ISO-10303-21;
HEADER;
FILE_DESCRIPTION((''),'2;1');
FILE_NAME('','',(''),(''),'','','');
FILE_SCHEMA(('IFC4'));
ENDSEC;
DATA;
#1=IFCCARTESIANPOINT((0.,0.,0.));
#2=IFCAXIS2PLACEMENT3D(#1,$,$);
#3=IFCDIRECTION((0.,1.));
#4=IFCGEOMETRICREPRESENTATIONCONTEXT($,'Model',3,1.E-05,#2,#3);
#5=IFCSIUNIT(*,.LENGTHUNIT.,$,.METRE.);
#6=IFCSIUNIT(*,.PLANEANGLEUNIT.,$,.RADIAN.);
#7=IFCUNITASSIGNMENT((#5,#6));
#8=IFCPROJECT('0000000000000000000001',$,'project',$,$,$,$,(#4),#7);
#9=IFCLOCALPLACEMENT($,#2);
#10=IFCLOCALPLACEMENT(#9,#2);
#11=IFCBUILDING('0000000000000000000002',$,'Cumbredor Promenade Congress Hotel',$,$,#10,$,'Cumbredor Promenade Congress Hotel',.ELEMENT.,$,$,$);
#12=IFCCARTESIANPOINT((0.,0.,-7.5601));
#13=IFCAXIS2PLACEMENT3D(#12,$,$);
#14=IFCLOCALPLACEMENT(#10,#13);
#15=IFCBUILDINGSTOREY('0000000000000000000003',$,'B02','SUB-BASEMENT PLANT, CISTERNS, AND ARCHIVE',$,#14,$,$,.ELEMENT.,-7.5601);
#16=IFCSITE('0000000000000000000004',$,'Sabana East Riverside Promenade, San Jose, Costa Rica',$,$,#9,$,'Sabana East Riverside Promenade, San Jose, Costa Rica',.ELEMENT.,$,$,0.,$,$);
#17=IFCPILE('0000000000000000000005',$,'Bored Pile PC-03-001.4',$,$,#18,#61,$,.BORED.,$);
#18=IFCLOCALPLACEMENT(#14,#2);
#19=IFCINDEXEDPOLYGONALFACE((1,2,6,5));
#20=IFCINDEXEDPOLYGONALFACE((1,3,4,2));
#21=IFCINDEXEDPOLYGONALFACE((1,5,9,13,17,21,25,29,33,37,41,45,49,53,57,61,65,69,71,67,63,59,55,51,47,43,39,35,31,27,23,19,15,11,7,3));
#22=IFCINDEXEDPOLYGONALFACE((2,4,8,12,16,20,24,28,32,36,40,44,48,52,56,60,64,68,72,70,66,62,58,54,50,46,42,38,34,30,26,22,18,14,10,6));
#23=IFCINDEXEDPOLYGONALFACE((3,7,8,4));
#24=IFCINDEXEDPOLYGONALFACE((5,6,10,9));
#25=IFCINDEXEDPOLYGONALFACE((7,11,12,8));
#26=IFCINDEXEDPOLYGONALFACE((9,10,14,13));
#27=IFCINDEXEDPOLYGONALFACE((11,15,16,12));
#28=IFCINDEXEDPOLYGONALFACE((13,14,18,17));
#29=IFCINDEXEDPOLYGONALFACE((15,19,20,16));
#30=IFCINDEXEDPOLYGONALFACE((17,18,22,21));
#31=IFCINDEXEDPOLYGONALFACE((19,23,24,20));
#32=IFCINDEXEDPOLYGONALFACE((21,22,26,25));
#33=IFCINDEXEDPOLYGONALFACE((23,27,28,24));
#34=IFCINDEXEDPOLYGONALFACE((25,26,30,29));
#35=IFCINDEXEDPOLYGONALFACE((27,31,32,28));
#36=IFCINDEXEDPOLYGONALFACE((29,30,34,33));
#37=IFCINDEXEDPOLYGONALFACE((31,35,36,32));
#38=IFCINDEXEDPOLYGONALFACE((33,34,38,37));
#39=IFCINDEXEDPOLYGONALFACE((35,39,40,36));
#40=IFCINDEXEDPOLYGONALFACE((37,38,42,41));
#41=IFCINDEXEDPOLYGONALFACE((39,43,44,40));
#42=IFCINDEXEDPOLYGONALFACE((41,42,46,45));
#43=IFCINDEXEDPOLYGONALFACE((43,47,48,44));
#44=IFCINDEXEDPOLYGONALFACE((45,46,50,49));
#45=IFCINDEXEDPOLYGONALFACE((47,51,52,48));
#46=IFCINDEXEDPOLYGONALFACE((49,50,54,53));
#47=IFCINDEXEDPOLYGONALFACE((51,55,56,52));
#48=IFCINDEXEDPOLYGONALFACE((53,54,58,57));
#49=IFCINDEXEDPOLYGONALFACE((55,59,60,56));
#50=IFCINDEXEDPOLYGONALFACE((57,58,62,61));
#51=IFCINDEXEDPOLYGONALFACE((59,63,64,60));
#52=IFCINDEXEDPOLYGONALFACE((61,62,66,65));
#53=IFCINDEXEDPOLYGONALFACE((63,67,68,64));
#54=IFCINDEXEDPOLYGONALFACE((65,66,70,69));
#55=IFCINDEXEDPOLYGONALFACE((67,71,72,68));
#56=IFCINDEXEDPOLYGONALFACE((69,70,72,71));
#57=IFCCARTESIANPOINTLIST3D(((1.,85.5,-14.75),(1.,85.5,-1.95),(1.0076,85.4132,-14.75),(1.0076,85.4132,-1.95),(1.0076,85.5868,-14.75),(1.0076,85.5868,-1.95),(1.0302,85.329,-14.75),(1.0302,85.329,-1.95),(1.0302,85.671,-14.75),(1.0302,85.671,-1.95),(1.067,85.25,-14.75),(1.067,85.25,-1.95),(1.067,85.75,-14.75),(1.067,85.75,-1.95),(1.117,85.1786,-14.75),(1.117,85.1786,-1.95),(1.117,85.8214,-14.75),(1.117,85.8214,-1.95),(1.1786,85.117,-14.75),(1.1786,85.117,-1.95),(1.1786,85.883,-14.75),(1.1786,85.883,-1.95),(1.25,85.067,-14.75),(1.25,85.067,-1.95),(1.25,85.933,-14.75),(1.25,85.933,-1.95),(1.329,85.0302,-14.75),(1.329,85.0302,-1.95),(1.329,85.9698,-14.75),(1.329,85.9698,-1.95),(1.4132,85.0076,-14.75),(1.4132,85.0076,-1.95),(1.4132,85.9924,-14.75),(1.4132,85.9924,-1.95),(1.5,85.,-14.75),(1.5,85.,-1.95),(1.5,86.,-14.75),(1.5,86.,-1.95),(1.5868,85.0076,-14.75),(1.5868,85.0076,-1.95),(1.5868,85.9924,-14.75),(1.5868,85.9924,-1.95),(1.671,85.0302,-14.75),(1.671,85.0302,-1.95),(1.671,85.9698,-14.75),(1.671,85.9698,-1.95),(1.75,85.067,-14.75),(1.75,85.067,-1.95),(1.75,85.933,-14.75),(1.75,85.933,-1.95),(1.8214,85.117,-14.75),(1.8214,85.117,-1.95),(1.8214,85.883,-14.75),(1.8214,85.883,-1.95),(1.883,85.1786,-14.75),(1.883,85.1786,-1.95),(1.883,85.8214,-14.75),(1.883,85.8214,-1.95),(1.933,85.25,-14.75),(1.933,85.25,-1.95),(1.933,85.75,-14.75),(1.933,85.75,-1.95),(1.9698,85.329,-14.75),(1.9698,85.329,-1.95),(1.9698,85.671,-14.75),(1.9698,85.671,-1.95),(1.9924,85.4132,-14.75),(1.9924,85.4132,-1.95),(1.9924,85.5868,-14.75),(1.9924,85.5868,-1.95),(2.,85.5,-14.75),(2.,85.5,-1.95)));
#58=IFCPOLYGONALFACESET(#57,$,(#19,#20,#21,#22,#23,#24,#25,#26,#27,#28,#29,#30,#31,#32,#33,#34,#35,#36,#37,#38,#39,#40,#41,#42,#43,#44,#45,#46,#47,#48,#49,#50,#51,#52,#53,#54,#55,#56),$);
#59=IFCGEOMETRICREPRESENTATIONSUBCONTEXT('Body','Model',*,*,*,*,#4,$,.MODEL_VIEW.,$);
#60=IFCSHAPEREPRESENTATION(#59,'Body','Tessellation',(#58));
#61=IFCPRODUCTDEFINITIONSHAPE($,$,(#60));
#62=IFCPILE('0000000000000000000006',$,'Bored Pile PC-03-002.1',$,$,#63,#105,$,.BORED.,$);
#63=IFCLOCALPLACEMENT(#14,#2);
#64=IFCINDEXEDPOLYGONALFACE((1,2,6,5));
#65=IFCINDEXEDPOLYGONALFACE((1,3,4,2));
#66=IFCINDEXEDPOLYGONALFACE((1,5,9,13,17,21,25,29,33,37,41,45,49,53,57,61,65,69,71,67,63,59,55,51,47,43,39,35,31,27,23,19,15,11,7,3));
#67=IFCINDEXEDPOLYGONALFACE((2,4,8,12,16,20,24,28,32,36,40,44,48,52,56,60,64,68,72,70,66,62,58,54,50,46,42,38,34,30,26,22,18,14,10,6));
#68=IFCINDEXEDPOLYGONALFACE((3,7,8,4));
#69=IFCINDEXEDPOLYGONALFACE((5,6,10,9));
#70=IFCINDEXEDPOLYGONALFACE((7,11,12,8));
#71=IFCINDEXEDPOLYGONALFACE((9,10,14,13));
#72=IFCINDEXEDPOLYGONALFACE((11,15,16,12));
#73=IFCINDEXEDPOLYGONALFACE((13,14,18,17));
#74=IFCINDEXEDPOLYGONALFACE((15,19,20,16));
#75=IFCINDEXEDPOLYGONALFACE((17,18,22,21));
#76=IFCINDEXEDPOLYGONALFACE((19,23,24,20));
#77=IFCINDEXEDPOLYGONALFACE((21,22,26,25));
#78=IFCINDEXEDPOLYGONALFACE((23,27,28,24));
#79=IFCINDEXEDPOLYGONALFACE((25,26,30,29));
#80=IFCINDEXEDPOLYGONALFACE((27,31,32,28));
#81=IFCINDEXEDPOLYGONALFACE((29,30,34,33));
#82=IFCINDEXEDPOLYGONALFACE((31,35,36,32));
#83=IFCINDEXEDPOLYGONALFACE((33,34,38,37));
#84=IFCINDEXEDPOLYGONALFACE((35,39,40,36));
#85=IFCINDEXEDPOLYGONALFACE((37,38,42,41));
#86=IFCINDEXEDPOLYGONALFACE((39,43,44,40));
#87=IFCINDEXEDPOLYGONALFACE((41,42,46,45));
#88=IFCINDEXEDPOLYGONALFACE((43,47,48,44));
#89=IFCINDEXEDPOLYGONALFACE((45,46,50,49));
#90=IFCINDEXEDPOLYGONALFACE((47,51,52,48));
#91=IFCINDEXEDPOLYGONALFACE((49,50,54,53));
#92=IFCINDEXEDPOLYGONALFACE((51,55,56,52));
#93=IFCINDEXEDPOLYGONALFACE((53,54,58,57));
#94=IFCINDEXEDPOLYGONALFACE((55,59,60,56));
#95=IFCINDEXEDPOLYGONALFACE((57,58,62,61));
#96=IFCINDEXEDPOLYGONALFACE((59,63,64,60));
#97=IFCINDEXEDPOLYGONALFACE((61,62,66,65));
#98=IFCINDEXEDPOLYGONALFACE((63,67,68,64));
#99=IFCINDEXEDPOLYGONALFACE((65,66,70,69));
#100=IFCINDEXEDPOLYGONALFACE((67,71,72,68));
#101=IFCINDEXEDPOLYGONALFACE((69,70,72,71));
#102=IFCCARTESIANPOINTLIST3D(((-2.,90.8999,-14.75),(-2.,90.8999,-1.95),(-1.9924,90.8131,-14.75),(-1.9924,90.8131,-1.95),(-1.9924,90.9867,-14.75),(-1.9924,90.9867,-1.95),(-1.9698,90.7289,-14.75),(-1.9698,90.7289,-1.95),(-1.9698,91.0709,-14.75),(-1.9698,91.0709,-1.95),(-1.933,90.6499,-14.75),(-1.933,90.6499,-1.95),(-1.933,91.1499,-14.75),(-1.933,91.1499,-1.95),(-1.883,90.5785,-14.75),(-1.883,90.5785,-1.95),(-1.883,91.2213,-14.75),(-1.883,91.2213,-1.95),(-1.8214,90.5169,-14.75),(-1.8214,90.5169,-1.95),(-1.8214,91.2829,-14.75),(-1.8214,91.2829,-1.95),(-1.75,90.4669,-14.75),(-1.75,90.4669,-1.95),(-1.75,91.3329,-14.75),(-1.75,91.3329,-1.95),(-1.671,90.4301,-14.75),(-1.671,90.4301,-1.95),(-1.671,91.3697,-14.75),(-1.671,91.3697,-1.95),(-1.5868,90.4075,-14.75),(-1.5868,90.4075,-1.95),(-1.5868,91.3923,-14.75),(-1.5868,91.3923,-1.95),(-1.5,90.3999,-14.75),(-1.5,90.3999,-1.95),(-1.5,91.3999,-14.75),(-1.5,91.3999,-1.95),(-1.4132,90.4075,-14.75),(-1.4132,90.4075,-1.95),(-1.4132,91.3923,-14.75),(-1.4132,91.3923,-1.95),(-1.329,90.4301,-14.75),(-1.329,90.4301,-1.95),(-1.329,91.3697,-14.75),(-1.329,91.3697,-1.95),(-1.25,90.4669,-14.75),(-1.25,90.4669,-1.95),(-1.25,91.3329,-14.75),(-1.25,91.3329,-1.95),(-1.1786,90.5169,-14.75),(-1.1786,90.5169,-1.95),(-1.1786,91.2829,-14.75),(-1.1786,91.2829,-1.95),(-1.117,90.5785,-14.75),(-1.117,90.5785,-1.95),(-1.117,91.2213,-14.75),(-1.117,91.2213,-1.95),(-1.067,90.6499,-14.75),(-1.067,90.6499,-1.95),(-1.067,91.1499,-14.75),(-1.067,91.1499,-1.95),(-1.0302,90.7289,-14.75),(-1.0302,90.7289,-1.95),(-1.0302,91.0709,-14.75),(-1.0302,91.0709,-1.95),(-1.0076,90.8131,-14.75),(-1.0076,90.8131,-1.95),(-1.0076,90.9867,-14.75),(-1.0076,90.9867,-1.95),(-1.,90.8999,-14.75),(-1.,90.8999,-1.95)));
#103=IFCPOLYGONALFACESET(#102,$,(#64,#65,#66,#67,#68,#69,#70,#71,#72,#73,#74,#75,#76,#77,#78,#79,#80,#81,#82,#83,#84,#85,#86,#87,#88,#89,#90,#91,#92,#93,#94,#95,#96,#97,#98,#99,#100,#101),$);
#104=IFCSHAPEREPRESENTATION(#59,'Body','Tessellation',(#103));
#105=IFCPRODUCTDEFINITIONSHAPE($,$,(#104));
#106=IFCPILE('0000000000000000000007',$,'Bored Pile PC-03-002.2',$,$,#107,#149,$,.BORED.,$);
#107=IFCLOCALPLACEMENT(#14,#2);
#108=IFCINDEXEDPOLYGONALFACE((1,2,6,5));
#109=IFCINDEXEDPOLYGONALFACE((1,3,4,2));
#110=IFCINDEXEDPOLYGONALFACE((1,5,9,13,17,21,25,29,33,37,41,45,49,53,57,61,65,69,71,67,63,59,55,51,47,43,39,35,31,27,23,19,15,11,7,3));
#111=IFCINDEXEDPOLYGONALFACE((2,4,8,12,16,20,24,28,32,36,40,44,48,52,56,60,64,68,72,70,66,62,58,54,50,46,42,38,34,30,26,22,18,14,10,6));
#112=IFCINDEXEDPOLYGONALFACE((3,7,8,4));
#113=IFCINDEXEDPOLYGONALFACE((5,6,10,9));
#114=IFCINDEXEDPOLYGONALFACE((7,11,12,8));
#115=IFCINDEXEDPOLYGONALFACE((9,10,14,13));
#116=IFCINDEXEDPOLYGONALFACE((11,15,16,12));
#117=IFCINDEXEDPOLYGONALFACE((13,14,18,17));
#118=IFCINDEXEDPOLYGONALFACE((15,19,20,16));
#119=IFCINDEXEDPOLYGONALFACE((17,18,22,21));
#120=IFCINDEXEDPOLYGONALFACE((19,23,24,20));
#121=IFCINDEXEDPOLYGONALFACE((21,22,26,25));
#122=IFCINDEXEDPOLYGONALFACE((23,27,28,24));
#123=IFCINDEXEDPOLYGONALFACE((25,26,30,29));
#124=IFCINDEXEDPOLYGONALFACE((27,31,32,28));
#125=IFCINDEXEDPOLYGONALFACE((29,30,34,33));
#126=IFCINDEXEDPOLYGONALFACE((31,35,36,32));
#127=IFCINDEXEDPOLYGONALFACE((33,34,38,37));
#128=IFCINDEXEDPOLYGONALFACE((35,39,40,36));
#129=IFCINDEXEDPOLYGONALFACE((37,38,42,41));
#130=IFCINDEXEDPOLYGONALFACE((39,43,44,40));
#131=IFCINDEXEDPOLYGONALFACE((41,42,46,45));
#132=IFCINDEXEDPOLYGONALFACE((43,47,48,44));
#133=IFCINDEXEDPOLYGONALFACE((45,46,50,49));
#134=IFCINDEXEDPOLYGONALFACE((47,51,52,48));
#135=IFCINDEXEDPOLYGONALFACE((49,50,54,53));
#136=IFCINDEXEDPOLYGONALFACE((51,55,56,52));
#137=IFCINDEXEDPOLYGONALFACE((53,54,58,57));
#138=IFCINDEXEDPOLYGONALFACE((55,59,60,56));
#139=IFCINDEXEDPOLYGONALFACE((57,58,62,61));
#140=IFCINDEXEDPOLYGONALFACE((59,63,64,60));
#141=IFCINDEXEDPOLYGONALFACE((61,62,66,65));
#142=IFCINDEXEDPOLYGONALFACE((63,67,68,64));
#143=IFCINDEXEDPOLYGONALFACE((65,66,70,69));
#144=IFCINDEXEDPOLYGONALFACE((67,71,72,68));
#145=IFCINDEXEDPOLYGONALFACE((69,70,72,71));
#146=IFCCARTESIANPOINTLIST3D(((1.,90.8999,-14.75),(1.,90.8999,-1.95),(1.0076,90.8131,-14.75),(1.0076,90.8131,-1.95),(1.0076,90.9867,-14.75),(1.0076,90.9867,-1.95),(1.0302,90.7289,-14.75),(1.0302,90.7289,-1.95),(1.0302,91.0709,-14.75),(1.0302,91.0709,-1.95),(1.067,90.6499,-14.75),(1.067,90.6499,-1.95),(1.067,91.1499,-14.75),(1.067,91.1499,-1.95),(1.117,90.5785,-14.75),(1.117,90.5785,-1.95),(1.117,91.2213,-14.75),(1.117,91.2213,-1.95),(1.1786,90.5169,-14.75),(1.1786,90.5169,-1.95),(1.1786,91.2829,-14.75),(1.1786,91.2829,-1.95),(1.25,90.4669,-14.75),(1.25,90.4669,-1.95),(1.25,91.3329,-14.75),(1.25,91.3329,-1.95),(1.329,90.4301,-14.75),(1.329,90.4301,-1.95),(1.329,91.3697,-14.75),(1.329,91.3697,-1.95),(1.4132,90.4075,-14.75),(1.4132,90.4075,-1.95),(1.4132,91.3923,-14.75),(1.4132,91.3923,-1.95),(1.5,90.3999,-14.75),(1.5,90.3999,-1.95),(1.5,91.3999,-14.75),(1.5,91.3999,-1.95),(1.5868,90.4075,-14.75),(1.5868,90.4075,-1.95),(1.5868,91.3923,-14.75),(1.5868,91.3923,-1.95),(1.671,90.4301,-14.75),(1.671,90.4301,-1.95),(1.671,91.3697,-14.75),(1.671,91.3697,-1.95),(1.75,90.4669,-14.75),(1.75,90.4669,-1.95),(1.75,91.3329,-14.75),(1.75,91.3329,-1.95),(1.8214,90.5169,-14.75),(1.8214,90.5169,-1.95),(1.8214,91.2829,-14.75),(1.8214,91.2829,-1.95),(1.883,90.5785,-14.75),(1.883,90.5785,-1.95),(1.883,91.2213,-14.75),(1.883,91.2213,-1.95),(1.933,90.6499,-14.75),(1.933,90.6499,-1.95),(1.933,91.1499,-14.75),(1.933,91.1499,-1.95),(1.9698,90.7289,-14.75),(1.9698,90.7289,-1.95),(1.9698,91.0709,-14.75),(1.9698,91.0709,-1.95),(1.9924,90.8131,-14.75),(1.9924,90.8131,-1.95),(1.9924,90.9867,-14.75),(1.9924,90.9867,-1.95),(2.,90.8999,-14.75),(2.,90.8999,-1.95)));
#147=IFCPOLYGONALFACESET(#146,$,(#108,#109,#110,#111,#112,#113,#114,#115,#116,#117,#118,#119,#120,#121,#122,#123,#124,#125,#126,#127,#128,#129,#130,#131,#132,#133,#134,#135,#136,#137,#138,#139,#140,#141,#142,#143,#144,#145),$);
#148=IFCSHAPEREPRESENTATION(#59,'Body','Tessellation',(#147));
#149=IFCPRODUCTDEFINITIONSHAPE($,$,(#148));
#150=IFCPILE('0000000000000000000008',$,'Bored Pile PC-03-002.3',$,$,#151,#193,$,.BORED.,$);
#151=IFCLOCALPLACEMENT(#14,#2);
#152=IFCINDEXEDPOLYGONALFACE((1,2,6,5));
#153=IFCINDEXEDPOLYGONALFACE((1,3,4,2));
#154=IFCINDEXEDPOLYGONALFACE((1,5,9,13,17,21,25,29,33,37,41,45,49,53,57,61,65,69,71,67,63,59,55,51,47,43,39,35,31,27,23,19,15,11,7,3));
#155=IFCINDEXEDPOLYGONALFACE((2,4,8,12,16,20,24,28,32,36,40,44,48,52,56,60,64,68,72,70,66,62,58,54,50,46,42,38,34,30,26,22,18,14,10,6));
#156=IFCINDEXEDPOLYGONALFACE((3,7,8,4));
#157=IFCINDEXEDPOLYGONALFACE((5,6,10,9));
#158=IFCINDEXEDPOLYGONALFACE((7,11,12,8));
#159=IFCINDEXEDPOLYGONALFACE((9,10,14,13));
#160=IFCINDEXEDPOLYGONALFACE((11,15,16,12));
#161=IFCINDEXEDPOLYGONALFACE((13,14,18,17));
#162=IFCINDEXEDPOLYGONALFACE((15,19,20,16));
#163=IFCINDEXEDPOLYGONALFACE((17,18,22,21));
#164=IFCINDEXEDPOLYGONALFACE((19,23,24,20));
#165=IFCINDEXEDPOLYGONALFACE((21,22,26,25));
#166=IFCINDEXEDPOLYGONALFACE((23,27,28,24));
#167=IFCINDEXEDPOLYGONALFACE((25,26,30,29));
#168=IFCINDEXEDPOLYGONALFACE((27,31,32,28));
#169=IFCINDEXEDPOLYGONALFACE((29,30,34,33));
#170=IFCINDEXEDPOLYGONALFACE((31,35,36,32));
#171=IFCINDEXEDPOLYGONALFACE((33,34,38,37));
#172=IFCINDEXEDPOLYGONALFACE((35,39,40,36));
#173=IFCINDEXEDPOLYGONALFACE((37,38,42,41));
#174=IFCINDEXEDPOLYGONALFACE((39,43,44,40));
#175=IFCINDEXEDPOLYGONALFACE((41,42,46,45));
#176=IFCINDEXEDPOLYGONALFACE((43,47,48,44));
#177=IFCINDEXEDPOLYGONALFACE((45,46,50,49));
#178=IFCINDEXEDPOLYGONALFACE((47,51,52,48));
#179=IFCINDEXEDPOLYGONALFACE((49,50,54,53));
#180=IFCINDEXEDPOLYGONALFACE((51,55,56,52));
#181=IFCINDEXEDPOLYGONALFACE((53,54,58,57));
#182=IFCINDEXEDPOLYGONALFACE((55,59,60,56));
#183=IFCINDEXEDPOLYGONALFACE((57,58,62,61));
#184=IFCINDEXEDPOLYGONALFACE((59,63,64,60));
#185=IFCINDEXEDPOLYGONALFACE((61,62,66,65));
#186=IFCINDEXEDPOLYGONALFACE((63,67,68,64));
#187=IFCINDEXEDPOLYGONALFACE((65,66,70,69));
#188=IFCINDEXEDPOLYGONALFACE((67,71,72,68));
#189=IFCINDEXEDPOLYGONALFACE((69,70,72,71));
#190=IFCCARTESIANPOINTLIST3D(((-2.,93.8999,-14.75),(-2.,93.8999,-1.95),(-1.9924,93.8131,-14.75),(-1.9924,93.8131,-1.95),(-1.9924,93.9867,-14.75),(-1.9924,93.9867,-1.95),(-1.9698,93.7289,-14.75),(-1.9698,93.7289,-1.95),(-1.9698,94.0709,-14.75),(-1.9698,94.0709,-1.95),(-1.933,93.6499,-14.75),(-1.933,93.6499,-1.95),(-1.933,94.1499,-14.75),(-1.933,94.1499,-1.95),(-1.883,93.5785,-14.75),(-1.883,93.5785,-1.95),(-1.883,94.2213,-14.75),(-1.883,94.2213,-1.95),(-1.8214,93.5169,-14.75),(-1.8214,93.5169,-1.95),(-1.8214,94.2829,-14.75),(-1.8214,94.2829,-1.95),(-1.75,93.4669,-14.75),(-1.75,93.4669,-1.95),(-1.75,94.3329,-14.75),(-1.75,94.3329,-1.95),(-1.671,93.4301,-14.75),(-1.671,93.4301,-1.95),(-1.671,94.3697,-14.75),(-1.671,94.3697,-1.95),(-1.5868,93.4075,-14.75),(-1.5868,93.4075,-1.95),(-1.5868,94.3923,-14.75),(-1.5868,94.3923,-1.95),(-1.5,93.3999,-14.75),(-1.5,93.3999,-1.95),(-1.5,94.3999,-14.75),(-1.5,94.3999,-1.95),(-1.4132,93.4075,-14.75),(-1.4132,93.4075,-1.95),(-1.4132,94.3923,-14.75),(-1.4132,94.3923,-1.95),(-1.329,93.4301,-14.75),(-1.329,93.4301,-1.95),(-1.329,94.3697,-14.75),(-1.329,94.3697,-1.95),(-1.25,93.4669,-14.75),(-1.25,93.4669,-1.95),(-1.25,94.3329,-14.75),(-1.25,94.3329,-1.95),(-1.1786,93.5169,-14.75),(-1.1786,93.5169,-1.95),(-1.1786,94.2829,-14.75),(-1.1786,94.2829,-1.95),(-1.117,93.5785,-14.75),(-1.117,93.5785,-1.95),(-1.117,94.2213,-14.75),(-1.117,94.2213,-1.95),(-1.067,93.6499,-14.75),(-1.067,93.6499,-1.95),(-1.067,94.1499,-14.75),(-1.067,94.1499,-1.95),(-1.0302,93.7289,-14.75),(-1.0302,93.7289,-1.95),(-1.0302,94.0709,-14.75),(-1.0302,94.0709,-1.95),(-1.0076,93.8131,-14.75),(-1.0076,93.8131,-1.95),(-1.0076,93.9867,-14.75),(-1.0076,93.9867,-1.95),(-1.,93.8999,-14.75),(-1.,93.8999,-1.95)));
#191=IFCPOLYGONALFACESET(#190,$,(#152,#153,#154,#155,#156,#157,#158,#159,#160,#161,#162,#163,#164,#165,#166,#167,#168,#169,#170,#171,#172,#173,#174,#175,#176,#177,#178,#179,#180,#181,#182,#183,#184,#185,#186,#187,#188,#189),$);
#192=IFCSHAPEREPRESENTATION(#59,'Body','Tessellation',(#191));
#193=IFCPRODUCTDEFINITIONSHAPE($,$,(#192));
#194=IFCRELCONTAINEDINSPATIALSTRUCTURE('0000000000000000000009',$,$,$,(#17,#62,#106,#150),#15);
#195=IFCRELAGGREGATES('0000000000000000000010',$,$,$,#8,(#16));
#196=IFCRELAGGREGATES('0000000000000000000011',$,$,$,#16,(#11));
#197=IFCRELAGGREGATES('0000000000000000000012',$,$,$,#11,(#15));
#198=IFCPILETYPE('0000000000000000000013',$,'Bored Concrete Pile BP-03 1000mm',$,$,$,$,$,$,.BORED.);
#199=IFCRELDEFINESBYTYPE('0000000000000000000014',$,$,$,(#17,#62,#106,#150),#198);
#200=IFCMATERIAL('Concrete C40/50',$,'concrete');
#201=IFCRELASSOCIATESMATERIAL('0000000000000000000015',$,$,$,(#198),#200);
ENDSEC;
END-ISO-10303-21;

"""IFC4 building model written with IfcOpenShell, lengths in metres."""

from ifc_helpers import new_model, si_unit, direction, frame, origin, origin_2d, place, context, subcontext, project, spatial, circle, extrude, material, material_profile, profile_set, type_object, element, save


model = new_model("IFC4")

# Units and contexts
model_context = context("Model", 3, precision=1e-05, world=origin(), true_north=direction((0.0, 1.0)))
body_context = subcontext(model_context, "Body", "Model", "MODEL_VIEW")
ifc_project = project(units=[si_unit("LENGTHUNIT", "METRE"), si_unit("PLANEANGLEUNIT", "RADIAN")], contexts=[model_context])

# Site, building, storey
site_placement = place(None, origin())
site = spatial("IfcSite", under=ifc_project, at=site_placement, Name="Sabana East Riverside Promenade, San Jose, Costa Rica", LongName="Sabana East Riverside Promenade, San Jose, Costa Rica", CompositionType="ELEMENT", RefElevation=0.0)
building_placement = place(site_placement, origin())
building = spatial("IfcBuilding", under=site, at=building_placement, Name="Cumbredor Promenade Congress Hotel", LongName="Cumbredor Promenade Congress Hotel", CompositionType="ELEMENT")
storey_placement = place(building_placement, frame((0.0, 0.0, -7.5601)))
storey = spatial("IfcBuildingStorey", under=building, at=storey_placement, Name="B02", Description="SUB-BASEMENT PLANT, CISTERNS, AND ARCHIVE", CompositionType="ELEMENT", Elevation=-7.5601)

# Piles
ifc_material_1 = material(Name="Concrete C40/50", Category="concrete")
ifc_material_profile_1 = material_profile(ifc_material_1, circle(Radius=0.5, at=origin_2d()), Name="PILE D1000")
ifc_profile_set_1 = profile_set([ifc_material_profile_1], Name="Concrete C40/50")
pile_type_1 = type_object("IfcPileType", Name="Bored Concrete Pile BP-03 1000mm", PredefinedType="BORED", material=ifc_profile_set_1)
for number, where, z_axis, x_axis, name in (
    (1, (1.5, 85.5, -1.95), (0.0, 0.0, -1.0), (1.0, 0.0, 0.0), "Bored Pile PC-03-001.4"),
    (2, (-1.5, 90.8999, -1.95), (0.0, 0.0, -1.0), (1.0, 0.0, 0.0), "Bored Pile PC-03-002.1"),
    (3, (1.5, 90.8999, -1.95), (0.0, 0.0, -1.0), (1.0, 0.0, 0.0), "Bored Pile PC-03-002.2"),
    (4, (-1.5, 93.8999, -1.95), (0.0, 0.0, -1.0), (1.0, 0.0, 0.0), "Bored Pile PC-03-002.3"),
):
    element("IfcPile", number, at=place(storey_placement, frame(where, z_axis=z_axis, x_axis=x_axis)), inside=storey, type_object=pile_type_1, Name=name, PredefinedType="BORED", context=body_context, shape_type="SweptSolid", body=[
        extrude(circle(Radius=0.5, at=origin_2d()), origin(), (0.0, 0.0, 1.0), 12.8),
    ])

save(model, "model.ifc")
